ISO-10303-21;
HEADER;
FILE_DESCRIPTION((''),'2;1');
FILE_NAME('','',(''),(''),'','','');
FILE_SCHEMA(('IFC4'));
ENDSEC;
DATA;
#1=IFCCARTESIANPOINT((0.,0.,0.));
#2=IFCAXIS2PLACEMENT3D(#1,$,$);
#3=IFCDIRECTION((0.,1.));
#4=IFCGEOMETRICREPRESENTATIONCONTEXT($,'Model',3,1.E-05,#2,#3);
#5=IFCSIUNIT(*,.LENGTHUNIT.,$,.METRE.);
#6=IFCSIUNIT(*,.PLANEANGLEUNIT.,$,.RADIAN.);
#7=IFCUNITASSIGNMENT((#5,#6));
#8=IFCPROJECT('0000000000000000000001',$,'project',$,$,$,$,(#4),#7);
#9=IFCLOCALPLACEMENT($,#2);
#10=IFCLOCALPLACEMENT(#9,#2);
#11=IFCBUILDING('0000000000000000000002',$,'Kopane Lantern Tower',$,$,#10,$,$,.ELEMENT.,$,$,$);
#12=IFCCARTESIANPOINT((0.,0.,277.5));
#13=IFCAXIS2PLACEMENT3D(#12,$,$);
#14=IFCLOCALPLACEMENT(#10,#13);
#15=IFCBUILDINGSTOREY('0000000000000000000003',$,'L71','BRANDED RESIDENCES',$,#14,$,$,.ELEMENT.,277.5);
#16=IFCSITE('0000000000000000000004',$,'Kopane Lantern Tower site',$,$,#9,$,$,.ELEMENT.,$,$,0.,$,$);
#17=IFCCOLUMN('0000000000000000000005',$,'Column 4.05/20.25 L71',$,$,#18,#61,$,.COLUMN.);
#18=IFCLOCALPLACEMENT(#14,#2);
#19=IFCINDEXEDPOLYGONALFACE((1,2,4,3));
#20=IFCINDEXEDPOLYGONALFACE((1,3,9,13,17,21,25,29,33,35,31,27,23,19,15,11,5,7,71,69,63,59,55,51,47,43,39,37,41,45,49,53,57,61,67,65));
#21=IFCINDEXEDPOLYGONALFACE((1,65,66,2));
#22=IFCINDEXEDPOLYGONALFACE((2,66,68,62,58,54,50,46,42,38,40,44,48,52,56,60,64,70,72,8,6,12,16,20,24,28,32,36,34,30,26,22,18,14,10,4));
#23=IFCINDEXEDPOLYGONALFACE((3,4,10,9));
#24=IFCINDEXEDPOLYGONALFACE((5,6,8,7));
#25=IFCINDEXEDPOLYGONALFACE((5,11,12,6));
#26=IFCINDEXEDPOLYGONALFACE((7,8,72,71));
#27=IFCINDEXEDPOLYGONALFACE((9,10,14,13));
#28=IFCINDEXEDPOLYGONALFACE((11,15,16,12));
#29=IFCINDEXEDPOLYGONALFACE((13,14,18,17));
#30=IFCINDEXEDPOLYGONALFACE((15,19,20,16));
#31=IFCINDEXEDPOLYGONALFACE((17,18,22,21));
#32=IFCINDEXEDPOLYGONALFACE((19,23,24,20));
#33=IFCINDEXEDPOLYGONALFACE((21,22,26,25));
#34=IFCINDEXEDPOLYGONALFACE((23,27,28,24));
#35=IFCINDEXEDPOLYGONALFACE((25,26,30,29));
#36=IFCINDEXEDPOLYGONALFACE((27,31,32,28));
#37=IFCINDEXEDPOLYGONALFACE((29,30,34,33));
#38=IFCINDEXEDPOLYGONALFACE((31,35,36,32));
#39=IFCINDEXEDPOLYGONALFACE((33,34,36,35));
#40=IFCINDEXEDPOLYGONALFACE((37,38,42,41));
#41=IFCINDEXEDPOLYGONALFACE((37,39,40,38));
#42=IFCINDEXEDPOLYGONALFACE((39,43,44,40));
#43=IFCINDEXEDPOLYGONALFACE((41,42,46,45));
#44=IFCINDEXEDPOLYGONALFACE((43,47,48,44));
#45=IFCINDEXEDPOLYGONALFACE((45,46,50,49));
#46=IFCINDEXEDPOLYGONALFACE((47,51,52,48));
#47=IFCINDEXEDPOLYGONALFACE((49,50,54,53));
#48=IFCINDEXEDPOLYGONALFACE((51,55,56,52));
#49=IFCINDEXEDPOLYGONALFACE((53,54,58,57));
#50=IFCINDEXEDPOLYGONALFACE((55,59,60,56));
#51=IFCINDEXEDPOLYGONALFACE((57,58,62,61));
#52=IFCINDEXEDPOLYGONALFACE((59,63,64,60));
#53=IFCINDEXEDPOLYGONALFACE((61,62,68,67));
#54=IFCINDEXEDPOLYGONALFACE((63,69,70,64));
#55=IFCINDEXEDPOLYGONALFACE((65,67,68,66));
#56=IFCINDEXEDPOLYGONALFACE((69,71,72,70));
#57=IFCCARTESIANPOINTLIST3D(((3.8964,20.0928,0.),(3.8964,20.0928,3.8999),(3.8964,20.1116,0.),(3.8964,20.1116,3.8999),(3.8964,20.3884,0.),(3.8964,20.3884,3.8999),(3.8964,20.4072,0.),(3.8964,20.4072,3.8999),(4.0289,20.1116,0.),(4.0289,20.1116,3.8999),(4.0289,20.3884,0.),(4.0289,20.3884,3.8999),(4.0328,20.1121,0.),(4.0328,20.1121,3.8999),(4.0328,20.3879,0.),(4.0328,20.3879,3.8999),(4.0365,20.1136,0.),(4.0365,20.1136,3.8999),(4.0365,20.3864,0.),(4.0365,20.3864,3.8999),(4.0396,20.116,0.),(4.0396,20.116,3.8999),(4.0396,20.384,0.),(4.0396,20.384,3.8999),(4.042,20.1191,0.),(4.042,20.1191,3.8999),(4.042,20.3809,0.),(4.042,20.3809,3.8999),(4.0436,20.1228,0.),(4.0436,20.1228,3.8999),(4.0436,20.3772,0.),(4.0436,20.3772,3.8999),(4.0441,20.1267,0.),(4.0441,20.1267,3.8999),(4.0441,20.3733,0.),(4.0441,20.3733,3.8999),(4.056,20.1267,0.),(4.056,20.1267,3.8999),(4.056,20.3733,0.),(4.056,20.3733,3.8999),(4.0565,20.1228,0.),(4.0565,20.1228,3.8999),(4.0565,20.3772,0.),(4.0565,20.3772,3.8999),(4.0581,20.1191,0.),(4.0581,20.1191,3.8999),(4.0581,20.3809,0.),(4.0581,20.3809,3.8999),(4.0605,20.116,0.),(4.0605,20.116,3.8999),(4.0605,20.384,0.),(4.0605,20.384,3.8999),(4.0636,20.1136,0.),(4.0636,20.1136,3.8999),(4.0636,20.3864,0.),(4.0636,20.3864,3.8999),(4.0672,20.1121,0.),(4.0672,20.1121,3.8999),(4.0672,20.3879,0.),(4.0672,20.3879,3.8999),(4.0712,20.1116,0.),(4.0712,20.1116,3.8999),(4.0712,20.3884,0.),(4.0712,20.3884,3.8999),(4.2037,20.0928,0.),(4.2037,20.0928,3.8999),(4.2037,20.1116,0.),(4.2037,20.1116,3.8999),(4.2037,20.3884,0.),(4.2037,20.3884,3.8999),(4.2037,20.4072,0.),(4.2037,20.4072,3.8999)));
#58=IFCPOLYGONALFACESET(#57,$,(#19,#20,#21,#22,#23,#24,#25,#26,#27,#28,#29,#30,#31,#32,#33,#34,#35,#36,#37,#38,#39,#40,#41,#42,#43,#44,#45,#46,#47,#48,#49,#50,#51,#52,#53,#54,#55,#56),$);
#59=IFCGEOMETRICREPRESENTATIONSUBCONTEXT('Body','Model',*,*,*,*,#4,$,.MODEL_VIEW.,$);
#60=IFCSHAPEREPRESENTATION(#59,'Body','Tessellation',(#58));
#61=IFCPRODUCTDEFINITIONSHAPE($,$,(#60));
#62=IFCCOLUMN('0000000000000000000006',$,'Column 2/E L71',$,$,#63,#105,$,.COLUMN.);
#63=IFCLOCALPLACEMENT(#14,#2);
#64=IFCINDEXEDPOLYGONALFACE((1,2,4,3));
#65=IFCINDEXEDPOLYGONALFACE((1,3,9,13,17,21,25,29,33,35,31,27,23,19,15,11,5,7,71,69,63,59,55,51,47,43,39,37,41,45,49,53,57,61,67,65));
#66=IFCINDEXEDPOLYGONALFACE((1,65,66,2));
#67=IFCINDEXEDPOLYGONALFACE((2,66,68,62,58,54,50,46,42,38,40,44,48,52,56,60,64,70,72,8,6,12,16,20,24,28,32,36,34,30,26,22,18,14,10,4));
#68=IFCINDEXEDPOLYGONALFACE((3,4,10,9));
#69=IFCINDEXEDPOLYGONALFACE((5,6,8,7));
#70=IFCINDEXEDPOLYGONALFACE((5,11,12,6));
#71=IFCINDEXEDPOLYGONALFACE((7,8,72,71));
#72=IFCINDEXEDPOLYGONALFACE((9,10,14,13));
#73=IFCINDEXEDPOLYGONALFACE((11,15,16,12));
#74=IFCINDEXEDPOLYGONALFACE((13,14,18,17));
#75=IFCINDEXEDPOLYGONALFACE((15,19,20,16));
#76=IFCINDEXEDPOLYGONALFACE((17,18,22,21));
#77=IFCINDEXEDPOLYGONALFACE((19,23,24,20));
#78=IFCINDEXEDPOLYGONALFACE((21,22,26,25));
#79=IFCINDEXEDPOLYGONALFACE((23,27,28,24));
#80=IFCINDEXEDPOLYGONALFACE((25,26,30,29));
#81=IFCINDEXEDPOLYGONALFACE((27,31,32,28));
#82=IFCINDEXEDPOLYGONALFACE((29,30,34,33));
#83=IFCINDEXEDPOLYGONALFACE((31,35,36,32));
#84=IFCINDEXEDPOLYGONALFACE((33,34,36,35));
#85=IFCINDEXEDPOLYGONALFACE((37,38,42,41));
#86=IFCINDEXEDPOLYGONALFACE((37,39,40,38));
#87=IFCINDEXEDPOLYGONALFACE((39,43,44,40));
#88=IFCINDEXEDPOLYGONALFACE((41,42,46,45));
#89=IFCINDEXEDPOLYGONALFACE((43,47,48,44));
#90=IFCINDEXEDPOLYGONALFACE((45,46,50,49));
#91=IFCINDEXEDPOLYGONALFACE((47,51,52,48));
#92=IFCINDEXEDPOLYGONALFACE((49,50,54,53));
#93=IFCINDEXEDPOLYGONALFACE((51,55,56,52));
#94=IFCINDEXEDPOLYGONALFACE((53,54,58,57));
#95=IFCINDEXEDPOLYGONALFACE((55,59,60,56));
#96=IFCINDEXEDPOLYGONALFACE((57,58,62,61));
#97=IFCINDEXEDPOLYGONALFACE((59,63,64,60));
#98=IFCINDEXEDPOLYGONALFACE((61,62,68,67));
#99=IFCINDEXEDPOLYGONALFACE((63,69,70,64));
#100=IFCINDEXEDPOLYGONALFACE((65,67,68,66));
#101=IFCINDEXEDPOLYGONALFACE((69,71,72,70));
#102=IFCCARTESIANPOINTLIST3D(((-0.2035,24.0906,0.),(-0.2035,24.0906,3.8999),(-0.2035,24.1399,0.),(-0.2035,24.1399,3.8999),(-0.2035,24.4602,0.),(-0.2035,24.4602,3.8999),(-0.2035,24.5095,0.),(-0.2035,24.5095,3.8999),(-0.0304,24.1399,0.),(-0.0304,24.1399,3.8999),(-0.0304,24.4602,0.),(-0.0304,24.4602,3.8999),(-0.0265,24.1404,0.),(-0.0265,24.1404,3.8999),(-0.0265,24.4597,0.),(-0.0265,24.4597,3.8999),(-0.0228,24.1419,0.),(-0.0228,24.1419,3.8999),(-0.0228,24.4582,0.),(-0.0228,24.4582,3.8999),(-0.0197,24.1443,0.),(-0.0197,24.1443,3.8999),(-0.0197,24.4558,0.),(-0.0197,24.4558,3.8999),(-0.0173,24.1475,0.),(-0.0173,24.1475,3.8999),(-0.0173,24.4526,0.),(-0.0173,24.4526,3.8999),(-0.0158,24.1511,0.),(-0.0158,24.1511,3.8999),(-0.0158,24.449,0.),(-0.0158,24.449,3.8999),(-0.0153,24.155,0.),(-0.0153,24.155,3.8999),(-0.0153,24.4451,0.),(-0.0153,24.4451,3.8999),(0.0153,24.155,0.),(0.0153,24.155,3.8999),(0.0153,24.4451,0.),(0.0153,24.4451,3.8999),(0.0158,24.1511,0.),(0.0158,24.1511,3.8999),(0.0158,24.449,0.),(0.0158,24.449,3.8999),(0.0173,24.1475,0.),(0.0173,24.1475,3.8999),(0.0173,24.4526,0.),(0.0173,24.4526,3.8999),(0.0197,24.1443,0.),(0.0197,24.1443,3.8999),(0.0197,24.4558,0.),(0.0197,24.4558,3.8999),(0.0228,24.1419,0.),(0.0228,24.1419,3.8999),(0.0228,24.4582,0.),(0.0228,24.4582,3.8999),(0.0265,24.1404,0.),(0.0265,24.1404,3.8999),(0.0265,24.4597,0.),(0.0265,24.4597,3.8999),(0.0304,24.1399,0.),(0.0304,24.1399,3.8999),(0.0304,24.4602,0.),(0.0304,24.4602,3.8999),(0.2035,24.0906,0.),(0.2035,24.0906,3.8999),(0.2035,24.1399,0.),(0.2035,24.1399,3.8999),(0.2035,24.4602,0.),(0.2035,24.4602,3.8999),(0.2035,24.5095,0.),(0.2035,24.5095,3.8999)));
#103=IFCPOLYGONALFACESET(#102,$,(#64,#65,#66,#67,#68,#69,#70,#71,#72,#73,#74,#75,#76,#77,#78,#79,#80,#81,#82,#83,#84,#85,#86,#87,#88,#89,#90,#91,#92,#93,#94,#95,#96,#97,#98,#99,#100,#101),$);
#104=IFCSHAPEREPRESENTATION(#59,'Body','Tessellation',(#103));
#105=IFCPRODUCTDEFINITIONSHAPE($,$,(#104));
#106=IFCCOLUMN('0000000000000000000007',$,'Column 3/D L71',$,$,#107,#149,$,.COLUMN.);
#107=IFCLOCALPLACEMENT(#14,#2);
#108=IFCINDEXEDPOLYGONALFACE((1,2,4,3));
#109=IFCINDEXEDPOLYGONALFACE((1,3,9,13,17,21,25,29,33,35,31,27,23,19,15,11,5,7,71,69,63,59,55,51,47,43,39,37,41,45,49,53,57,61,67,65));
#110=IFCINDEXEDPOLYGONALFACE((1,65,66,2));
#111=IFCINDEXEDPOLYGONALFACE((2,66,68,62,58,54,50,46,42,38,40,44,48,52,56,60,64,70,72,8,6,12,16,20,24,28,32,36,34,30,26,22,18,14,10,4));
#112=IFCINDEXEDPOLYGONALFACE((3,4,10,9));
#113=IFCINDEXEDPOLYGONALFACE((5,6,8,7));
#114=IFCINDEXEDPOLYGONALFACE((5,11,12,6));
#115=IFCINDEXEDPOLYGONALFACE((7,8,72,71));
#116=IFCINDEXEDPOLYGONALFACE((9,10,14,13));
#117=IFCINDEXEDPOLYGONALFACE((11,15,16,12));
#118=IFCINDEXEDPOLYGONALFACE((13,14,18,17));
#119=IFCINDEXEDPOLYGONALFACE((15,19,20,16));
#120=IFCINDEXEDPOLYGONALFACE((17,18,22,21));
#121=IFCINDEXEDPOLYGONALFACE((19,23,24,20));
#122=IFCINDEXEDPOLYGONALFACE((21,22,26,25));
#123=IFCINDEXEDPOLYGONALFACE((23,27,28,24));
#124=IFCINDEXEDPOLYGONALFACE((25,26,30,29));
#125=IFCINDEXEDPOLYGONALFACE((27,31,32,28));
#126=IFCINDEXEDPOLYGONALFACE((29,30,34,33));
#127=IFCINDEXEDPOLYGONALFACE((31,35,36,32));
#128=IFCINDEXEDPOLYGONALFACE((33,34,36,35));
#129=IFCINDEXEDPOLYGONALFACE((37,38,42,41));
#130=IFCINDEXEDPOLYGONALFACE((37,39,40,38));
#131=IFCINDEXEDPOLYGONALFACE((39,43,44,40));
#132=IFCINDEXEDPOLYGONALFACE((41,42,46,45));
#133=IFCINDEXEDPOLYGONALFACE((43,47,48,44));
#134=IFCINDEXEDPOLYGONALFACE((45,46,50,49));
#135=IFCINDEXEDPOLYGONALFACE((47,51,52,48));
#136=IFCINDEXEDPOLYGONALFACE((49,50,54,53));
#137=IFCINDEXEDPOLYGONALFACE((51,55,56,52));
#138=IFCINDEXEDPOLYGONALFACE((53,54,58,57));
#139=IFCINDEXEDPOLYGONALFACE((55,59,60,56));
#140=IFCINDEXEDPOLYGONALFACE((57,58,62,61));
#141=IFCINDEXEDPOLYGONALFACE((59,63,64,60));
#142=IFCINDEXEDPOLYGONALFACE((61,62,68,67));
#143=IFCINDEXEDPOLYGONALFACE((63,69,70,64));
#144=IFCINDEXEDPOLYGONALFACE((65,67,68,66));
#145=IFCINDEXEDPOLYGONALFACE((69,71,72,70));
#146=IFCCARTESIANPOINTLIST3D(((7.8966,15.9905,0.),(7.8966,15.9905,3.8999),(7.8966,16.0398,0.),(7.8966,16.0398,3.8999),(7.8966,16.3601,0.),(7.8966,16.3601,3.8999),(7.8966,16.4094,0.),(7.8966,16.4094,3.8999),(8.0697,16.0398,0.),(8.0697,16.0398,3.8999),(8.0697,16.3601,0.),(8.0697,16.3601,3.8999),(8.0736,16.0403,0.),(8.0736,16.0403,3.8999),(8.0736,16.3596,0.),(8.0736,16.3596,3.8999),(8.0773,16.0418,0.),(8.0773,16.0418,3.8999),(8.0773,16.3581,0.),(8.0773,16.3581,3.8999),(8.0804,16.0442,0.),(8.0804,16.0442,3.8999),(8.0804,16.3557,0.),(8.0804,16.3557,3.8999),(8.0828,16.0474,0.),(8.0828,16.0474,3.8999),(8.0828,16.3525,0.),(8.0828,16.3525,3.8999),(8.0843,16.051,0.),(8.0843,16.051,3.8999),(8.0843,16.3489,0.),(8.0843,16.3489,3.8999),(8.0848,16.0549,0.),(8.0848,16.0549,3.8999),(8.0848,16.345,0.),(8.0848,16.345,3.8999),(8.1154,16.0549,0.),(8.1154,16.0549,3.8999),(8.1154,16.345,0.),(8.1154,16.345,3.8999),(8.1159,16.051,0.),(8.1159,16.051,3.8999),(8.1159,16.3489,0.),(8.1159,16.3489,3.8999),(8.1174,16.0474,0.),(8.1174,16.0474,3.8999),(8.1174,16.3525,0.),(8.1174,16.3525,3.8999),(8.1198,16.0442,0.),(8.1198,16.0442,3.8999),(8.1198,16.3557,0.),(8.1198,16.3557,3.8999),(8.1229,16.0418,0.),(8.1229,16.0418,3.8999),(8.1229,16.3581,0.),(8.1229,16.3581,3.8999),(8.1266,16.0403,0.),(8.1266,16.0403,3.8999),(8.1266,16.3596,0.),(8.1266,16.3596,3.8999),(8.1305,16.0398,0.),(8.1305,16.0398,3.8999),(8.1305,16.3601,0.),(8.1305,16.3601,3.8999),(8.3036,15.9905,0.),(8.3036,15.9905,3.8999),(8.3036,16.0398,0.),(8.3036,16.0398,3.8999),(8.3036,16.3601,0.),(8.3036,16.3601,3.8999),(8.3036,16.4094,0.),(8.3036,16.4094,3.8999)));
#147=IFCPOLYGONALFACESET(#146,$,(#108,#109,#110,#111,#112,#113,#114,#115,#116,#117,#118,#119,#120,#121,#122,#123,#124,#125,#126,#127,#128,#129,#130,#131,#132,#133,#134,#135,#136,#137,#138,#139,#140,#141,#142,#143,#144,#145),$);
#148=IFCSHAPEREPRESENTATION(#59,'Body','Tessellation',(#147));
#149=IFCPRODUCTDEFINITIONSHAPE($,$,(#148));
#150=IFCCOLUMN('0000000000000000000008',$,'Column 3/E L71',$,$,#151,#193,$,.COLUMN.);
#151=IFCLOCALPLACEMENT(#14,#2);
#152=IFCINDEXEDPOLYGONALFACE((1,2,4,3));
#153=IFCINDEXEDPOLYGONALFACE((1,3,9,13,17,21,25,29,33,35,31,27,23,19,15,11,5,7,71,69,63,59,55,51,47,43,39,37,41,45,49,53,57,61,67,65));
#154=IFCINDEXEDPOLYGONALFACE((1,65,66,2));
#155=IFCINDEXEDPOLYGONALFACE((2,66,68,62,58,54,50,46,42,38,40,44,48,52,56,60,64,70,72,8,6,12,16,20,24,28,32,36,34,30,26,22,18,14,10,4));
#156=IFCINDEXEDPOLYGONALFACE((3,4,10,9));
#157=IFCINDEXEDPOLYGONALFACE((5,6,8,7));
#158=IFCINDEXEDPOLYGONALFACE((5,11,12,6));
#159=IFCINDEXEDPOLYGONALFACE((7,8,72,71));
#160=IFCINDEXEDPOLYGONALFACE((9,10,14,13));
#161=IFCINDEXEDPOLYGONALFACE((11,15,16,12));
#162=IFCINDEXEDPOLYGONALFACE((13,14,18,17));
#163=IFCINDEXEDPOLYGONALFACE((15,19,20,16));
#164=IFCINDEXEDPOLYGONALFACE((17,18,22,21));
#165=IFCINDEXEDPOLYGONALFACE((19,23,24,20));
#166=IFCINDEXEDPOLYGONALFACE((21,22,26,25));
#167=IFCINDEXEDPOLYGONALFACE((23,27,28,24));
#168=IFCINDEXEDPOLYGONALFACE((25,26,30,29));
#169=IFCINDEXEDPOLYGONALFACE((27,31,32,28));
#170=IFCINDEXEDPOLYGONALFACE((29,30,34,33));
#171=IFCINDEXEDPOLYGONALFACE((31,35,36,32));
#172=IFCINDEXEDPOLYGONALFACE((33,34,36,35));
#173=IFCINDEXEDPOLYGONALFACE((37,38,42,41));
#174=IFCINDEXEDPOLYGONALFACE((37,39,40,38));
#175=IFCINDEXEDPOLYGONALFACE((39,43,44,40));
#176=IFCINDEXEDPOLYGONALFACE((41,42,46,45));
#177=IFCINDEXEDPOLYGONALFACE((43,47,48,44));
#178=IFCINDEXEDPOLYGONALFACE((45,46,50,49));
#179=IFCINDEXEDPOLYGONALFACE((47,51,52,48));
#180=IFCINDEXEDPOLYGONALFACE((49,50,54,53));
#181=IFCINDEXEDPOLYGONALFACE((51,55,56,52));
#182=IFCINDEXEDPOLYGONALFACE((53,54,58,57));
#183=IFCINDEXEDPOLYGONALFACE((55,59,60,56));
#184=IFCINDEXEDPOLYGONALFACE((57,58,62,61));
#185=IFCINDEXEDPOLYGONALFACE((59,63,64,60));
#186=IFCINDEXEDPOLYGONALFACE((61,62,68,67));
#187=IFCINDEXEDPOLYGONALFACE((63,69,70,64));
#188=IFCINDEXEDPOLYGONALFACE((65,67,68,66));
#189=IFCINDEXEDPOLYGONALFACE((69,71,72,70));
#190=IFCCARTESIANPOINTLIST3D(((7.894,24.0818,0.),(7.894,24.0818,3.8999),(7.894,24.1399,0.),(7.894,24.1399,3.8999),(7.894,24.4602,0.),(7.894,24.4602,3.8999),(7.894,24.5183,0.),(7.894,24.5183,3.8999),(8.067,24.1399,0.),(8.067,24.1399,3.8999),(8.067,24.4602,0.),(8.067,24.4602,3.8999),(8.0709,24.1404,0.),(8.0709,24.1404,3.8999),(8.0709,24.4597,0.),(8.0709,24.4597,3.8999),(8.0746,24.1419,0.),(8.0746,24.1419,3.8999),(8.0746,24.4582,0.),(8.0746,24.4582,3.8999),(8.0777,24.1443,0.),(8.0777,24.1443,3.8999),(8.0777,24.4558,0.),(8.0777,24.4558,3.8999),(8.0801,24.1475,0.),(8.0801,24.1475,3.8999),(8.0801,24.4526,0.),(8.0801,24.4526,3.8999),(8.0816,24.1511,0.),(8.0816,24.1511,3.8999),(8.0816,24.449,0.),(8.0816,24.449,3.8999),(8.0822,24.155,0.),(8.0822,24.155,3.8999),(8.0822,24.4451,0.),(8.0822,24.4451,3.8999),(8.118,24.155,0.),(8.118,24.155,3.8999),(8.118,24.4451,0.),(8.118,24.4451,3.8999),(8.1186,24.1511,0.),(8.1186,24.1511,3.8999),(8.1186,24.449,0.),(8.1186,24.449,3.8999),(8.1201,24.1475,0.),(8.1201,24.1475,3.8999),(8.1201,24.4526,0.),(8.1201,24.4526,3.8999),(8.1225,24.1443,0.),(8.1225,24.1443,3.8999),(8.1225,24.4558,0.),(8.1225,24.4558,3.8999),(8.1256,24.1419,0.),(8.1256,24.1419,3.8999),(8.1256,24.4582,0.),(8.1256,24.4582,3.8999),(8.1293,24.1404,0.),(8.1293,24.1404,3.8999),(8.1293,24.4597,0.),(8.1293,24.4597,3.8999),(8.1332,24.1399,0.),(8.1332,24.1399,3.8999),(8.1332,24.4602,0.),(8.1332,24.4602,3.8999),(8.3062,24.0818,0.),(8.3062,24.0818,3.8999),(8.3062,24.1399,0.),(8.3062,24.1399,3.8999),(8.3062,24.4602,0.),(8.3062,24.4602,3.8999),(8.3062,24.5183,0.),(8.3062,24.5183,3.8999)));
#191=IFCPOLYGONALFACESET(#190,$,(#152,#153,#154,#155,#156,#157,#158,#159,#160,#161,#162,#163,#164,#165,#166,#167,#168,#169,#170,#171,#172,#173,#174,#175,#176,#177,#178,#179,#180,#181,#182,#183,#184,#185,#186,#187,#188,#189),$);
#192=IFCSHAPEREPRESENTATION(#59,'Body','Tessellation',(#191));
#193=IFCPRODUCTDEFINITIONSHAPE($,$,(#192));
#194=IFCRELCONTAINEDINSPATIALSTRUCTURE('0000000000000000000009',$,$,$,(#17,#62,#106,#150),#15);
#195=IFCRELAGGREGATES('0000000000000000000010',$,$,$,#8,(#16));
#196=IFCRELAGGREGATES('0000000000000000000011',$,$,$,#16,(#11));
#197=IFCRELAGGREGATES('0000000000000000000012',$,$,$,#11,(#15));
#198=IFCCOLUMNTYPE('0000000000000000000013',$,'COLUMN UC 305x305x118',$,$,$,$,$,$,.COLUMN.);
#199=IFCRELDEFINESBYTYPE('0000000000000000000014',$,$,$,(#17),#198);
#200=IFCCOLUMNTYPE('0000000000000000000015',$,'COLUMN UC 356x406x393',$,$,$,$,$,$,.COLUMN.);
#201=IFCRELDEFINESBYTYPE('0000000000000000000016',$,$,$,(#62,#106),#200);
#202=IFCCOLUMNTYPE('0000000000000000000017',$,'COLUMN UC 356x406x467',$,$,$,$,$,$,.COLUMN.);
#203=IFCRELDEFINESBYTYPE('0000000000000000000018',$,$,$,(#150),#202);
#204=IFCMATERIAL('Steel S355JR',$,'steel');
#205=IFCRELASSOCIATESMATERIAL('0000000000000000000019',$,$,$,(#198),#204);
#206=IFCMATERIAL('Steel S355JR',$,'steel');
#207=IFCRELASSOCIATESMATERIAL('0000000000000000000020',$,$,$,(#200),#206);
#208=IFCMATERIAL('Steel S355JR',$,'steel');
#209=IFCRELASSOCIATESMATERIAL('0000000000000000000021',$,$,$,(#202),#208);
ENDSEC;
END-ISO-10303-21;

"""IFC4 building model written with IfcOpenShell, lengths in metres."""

from ifc_helpers import new_model, si_unit, direction, frame, origin, origin_2d, place, context, subcontext, project, spatial, i_section, extrude, material, material_profile, profile_set, type_object, element, save


model = new_model("IFC4")

# Units and contexts
model_context = context("Model", 3, precision=1e-05, world=origin(), true_north=direction((0.0, 1.0)))
body_context = subcontext(model_context, "Body", "Model", "MODEL_VIEW")
ifc_project = project(units=[si_unit("LENGTHUNIT", "METRE"), si_unit("PLANEANGLEUNIT", "RADIAN")], contexts=[model_context])

# Site, building, storey
site_placement = place(None, origin())
site = spatial("IfcSite", under=ifc_project, at=site_placement, Name="Kopane Lantern Tower site", CompositionType="ELEMENT", RefElevation=0.0)
building_placement = place(site_placement, origin())
building = spatial("IfcBuilding", under=site, at=building_placement, Name="Kopane Lantern Tower", CompositionType="ELEMENT")
storey_placement = place(building_placement, frame((0.0, 0.0, 277.5)))
storey = spatial("IfcBuildingStorey", under=building, at=storey_placement, Name="L71", Description="BRANDED RESIDENCES", CompositionType="ELEMENT", Elevation=277.5)

# Columns
ifc_material_1 = material(Name="Steel S355JR", Category="steel")
ifc_material_profile_1 = material_profile(ifc_material_1, i_section(OverallWidth=0.3074, OverallDepth=0.3145, WebThickness=0.012, FlangeThickness=0.0188, FilletRadius=0.0151, at=origin_2d()), Name="UC 305x305x118")
ifc_profile_set_1 = profile_set([ifc_material_profile_1], Name="Steel S355JR")
column_type_1 = type_object("IfcColumnType", Name="COLUMN UC 305x305x118", PredefinedType="COLUMN", material=ifc_profile_set_1)
column_1_placement = place(storey_placement, frame((4.05, 20.25, 0.0), z_axis=(0.0, 0.0, 1.0), x_axis=(1.0, 0.0, 0.0)))
element("IfcColumn", 1, at=column_1_placement, inside=storey, type_object=column_type_1, Name="Column 4.05/20.25 L71", PredefinedType="COLUMN", context=body_context, shape_type="SweptSolid", body=[
    extrude(i_section(OverallWidth=0.3074, OverallDepth=0.3145, WebThickness=0.012, FlangeThickness=0.0188, FilletRadius=0.0151, at=origin_2d()), origin(), (0.0, 0.0, 1.0), 3.8999),
])
ifc_material_2 = material(Name="Steel S355JR", Category="steel")
ifc_material_profile_2 = material_profile(ifc_material_2, i_section(OverallWidth=0.407, OverallDepth=0.4189, WebThickness=0.0305, FlangeThickness=0.0493, FilletRadius=0.0151, at=origin_2d()), Name="UC 356x406x393")
ifc_profile_set_2 = profile_set([ifc_material_profile_2], Name="Steel S355JR")
column_type_2 = type_object("IfcColumnType", Name="COLUMN UC 356x406x393", PredefinedType="COLUMN", material=ifc_profile_set_2)
for number, where, z_axis, x_axis, name in (
    (2, (0.0, 24.3, 0.0), (0.0, 0.0, 1.0), (1.0, 0.0, 0.0), "Column 2/E L71"),
    (3, (8.1001, 16.2, 0.0), (0.0, 0.0, 1.0), (1.0, 0.0, 0.0), "Column 3/D L71"),
):
    element("IfcColumn", number, at=place(storey_placement, frame(where, z_axis=z_axis, x_axis=x_axis)), inside=storey, type_object=column_type_2, Name=name, PredefinedType="COLUMN", context=body_context, shape_type="SweptSolid", body=[
        extrude(i_section(OverallWidth=0.407, OverallDepth=0.4189, WebThickness=0.0305, FlangeThickness=0.0493, FilletRadius=0.0151, at=origin_2d()), origin(), (0.0, 0.0, 1.0), 3.8999),
    ])
ifc_material_3 = material(Name="Steel S355JR", Category="steel")
ifc_material_profile_3 = material_profile(ifc_material_3, i_section(OverallWidth=0.4121, OverallDepth=0.4365, WebThickness=0.0359, FlangeThickness=0.0581, FilletRadius=0.0151, at=origin_2d()), Name="UC 356x406x467")
ifc_profile_set_3 = profile_set([ifc_material_profile_3], Name="Steel S355JR")
column_type_3 = type_object("IfcColumnType", Name="COLUMN UC 356x406x467", PredefinedType="COLUMN", material=ifc_profile_set_3)
column_2_placement = place(storey_placement, frame((8.1001, 24.3, 0.0), z_axis=(0.0, 0.0, 1.0), x_axis=(1.0, 0.0, 0.0)))
element("IfcColumn", 4, at=column_2_placement, inside=storey, type_object=column_type_3, Name="Column 3/E L71", PredefinedType="COLUMN", context=body_context, shape_type="SweptSolid", body=[
    extrude(i_section(OverallWidth=0.4121, OverallDepth=0.4365, WebThickness=0.0359, FlangeThickness=0.0581, FilletRadius=0.0151, at=origin_2d()), origin(), (0.0, 0.0, 1.0), 3.8999),
])

save(model, "model.ifc")
